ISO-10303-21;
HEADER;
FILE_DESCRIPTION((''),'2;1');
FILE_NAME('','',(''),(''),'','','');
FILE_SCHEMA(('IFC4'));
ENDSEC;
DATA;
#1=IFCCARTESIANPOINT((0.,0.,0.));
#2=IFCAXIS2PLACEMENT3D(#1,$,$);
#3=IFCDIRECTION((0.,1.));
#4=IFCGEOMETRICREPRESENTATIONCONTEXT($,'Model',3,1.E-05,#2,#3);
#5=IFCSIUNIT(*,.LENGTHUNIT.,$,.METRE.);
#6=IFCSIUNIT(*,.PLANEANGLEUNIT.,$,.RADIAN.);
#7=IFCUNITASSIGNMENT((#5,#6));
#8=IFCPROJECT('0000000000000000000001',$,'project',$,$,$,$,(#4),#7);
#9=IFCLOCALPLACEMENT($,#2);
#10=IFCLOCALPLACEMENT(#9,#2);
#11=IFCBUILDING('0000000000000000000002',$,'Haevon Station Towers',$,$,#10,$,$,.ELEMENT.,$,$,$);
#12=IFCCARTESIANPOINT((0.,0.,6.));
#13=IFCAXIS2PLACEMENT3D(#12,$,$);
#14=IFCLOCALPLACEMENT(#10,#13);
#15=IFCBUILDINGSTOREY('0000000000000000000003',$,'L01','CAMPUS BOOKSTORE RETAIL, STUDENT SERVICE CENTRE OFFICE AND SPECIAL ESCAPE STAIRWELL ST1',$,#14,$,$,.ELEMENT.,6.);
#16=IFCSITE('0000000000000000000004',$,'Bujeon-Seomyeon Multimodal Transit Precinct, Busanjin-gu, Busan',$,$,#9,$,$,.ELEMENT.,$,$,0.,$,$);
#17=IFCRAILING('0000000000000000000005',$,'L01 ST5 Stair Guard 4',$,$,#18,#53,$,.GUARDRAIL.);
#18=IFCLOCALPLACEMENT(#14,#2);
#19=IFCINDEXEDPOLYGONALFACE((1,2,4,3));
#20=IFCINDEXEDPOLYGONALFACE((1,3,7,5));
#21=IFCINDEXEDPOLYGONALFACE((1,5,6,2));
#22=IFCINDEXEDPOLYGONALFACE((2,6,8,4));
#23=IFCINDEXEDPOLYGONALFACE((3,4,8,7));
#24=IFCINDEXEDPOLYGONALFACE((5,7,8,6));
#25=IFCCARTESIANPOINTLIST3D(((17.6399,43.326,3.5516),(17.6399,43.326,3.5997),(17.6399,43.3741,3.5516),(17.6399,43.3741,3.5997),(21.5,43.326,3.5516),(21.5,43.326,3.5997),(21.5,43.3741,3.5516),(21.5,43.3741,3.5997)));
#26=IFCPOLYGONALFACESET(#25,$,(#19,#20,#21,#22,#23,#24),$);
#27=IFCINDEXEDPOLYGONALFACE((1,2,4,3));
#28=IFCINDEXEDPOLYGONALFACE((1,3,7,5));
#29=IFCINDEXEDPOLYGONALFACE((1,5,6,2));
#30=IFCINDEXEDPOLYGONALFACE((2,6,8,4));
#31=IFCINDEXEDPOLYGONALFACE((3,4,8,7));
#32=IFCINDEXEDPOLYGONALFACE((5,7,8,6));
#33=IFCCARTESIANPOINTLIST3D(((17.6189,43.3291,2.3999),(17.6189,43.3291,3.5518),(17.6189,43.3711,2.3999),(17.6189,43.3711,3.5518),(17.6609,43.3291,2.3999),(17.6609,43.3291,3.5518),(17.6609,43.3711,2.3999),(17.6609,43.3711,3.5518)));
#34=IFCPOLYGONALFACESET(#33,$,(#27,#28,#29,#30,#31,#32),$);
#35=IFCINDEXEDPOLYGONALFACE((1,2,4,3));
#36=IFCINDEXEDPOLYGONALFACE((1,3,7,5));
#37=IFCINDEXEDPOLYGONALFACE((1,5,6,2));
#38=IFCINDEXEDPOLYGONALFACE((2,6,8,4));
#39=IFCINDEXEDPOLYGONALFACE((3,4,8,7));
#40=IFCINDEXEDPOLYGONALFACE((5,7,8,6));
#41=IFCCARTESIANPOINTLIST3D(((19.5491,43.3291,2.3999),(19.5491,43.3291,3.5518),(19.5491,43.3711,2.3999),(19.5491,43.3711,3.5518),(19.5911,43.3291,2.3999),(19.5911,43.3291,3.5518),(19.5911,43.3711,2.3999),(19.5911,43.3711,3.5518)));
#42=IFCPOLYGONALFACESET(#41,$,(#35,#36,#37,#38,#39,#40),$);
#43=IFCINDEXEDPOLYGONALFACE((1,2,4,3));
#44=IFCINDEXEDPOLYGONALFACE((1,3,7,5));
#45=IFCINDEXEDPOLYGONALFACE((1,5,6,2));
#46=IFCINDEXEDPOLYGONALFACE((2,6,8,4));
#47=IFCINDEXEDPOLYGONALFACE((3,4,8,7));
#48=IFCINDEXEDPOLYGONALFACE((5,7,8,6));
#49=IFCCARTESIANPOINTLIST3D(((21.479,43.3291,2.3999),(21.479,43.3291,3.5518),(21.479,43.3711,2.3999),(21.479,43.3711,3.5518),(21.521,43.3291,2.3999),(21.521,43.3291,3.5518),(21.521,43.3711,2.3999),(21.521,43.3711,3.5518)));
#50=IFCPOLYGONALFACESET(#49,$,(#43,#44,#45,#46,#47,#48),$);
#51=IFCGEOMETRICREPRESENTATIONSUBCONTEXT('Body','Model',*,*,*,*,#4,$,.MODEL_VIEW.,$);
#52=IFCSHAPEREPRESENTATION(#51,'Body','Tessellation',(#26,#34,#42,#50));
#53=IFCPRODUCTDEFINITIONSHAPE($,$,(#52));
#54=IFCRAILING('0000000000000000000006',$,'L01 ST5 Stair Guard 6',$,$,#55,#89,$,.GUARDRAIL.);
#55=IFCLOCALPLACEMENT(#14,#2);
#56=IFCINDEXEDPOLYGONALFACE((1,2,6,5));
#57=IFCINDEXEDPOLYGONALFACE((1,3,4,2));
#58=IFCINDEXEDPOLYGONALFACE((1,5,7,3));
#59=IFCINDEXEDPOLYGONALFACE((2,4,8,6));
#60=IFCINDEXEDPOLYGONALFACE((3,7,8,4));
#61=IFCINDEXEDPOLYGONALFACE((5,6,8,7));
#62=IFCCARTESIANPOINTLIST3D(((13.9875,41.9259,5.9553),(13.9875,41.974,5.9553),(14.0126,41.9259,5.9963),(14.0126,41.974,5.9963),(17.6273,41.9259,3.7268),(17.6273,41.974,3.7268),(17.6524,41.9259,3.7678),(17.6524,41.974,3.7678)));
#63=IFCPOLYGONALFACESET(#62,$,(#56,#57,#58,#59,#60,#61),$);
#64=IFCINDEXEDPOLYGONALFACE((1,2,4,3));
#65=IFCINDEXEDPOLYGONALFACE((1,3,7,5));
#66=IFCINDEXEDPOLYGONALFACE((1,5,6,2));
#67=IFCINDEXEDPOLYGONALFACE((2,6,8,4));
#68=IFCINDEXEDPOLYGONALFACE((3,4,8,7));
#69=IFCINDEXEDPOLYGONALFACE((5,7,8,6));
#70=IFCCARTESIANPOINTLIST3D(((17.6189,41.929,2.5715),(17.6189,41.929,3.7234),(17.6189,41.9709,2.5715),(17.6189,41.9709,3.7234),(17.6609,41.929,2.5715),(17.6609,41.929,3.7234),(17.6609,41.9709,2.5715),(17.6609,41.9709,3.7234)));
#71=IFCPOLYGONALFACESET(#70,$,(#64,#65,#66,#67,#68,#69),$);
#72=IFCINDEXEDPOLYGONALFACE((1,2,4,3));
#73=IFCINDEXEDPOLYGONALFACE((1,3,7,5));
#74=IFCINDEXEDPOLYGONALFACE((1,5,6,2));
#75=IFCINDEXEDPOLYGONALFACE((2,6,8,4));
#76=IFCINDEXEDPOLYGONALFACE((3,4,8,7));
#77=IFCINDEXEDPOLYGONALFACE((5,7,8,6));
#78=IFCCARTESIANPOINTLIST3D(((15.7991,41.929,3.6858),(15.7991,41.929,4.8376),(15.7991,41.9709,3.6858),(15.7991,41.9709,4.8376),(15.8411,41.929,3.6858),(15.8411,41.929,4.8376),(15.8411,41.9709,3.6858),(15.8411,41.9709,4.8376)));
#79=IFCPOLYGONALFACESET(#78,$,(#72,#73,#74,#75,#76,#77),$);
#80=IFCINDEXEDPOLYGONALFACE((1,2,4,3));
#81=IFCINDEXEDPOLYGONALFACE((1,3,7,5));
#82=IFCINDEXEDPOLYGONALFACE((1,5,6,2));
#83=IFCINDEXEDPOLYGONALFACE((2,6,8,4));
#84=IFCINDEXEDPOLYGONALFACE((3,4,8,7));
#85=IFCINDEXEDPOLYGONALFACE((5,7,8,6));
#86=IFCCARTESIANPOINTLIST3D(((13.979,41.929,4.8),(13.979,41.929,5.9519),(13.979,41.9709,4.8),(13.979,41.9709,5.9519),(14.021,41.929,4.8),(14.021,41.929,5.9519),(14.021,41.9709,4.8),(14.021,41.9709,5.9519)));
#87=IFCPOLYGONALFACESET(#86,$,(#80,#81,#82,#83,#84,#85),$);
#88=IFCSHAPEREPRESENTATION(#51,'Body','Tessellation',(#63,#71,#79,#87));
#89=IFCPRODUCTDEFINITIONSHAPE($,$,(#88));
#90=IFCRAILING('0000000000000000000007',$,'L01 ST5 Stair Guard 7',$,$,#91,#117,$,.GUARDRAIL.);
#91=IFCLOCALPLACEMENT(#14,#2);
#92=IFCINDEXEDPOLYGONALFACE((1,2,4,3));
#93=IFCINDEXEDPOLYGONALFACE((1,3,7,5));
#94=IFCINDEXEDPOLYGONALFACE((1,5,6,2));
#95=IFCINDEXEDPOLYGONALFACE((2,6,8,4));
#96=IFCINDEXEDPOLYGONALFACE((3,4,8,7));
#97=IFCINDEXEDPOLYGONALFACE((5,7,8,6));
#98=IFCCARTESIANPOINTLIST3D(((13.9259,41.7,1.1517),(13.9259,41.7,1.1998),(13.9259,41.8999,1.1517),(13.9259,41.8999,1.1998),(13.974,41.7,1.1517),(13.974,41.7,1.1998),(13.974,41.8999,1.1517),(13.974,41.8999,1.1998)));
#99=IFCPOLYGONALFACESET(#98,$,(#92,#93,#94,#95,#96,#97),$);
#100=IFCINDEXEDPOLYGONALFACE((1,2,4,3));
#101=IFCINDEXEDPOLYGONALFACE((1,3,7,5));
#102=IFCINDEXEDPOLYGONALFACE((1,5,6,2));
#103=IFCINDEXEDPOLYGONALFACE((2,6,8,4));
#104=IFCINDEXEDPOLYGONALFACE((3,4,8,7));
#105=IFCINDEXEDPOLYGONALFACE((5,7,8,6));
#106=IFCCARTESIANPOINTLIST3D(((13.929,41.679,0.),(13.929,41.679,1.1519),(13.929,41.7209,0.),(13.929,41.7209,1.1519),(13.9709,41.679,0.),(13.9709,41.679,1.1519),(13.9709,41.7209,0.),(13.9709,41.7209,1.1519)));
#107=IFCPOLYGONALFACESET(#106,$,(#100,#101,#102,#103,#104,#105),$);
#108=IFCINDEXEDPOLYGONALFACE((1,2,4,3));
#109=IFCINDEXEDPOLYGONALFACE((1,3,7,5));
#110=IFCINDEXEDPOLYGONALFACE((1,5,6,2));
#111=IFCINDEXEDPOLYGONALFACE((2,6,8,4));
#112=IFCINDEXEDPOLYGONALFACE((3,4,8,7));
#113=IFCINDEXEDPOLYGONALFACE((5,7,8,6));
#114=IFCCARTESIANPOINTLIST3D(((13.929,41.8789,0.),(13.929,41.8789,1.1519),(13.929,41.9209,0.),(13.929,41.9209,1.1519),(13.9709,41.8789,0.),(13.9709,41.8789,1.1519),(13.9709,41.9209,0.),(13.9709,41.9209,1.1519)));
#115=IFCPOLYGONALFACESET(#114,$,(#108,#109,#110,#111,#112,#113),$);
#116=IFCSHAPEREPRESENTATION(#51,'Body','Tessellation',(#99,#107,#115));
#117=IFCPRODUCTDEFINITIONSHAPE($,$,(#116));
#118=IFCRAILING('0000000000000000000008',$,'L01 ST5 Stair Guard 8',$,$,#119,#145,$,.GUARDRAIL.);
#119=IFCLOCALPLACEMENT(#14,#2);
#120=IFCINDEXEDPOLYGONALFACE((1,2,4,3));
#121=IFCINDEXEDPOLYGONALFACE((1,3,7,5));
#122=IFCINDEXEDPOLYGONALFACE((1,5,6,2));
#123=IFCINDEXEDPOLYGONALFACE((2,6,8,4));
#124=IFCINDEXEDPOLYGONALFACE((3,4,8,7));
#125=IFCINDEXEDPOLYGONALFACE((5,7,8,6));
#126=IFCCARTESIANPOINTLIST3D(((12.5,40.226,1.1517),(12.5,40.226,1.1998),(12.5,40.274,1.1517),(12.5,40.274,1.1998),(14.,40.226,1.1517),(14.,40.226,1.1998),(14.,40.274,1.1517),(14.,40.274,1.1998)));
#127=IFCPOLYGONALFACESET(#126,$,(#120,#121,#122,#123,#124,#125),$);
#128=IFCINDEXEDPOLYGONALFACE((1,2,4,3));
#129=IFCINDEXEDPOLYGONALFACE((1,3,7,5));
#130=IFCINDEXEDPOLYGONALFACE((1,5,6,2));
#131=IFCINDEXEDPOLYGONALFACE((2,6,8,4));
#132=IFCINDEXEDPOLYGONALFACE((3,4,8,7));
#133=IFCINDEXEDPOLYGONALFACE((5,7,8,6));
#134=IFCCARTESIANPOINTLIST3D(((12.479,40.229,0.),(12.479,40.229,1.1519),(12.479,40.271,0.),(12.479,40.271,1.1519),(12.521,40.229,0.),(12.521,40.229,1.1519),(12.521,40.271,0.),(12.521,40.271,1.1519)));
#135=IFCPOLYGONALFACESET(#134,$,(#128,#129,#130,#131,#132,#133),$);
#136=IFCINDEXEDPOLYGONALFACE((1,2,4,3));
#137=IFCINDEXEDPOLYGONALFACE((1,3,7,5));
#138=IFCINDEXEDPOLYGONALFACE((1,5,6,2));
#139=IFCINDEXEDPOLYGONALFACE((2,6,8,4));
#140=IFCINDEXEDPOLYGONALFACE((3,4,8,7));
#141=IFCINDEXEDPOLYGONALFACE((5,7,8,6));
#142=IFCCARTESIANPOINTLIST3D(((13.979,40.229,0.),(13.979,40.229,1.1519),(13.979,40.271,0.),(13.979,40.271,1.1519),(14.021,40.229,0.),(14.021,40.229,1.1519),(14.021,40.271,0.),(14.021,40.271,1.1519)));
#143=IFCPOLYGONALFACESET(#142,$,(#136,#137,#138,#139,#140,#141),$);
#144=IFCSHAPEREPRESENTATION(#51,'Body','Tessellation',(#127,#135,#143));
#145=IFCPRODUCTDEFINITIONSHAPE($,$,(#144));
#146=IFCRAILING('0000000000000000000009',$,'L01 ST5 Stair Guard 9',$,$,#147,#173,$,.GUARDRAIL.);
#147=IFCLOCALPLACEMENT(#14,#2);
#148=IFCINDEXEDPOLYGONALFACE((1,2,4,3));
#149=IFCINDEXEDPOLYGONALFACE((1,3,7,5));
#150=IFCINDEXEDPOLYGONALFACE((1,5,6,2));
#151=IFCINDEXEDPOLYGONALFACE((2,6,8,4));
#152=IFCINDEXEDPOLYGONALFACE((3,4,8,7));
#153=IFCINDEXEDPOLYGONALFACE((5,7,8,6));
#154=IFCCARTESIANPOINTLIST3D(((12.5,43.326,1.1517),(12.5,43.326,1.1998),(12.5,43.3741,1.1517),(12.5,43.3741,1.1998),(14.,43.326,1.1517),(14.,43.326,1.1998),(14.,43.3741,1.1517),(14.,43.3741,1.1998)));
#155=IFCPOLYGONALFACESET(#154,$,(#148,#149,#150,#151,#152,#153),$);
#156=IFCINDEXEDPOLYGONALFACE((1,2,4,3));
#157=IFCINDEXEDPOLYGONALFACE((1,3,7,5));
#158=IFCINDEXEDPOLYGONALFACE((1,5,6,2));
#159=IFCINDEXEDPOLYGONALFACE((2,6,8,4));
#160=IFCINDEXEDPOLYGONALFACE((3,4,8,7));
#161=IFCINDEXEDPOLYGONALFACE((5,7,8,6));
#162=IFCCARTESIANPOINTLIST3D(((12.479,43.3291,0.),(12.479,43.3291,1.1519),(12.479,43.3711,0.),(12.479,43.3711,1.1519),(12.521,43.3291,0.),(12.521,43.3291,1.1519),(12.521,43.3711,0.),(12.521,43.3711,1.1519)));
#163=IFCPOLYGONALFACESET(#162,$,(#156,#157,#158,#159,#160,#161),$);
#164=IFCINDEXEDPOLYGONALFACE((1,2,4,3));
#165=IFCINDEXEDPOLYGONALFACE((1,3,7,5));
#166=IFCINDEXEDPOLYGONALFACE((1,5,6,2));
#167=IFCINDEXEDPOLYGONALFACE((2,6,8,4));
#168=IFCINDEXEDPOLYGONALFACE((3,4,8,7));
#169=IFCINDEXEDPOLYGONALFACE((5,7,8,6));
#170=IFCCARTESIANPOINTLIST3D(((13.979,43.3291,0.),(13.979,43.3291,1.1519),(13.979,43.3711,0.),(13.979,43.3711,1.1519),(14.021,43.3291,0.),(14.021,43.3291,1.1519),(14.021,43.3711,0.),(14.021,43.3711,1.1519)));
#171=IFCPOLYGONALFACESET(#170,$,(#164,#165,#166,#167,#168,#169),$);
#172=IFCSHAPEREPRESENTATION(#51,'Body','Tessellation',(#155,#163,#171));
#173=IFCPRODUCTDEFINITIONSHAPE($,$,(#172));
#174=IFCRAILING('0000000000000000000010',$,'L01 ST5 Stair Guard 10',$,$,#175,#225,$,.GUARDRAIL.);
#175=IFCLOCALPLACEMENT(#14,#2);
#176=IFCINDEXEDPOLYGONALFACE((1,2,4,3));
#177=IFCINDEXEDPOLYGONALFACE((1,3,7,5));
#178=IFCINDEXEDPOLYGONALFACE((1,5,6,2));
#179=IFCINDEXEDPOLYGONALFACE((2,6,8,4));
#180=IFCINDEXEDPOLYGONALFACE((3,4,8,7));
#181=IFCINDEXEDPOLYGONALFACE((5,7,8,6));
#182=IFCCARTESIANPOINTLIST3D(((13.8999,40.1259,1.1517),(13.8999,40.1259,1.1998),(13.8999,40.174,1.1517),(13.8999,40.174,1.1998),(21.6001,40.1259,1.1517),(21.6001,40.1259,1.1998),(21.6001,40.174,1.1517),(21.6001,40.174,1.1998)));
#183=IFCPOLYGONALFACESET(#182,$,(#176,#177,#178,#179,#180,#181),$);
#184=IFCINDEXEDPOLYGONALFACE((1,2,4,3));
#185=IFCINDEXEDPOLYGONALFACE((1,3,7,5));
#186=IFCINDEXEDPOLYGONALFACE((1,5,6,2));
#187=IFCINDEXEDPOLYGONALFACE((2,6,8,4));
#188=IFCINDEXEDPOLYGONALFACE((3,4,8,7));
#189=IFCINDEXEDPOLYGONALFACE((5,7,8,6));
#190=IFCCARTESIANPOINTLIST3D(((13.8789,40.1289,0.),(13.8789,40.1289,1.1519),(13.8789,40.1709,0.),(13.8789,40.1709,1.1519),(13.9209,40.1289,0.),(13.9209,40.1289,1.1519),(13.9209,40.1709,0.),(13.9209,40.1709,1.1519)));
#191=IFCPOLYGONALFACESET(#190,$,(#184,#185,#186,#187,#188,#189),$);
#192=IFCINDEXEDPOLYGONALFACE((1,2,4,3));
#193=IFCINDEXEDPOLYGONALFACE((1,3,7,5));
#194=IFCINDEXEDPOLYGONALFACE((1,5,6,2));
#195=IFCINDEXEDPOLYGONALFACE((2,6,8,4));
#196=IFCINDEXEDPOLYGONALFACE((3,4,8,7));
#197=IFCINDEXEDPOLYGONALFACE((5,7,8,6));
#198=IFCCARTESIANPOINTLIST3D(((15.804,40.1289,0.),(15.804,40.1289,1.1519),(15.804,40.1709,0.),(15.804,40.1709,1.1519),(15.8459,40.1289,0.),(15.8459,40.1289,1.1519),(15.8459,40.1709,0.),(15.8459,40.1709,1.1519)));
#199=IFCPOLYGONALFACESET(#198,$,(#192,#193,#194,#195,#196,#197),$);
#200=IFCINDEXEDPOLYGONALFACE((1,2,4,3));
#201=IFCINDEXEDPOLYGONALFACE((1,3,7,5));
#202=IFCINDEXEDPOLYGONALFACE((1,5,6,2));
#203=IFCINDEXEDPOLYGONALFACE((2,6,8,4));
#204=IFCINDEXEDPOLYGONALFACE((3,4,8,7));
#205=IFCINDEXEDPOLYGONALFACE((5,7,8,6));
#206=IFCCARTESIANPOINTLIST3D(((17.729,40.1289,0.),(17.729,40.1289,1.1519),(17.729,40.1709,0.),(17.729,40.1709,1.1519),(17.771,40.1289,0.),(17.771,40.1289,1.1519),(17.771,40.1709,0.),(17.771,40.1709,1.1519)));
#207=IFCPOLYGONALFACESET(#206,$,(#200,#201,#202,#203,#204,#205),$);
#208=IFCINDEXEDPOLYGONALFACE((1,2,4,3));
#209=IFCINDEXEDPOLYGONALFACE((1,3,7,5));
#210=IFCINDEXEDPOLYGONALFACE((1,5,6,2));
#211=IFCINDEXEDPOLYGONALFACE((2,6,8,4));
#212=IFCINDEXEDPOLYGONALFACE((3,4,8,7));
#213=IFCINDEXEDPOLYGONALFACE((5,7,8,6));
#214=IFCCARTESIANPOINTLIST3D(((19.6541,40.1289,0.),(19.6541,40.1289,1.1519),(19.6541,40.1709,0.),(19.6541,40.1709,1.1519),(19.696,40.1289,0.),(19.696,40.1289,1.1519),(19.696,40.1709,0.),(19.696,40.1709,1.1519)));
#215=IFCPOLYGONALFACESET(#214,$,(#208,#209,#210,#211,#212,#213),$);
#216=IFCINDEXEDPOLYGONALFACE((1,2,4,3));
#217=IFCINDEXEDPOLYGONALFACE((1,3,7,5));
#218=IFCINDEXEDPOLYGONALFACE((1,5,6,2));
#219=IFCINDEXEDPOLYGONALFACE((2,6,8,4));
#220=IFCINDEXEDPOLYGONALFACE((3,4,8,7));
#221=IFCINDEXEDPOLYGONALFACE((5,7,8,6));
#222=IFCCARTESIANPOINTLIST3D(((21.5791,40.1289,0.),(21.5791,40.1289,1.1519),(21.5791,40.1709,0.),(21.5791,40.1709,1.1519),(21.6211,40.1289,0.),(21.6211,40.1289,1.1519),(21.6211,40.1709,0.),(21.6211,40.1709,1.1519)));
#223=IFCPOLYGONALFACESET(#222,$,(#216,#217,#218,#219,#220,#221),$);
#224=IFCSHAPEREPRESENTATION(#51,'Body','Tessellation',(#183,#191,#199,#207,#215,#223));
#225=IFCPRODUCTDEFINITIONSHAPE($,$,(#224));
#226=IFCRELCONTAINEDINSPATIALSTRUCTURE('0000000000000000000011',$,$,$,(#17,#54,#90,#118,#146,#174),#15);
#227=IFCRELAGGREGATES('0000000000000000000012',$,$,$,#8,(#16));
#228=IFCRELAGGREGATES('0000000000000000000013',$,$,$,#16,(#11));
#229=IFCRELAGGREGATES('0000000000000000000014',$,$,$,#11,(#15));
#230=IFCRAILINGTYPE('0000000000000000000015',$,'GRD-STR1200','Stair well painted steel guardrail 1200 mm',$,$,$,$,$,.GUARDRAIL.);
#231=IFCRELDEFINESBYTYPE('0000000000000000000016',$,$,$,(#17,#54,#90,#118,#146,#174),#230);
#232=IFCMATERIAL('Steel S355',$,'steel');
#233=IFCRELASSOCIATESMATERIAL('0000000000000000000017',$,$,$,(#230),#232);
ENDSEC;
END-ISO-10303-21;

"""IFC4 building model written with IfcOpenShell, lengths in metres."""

from ifc_helpers import new_model, si_unit, direction, frame, origin, origin_2d, place, context, subcontext, project, spatial, rectangle, extrude, material, type_object, element, save


model = new_model("IFC4")

# Units and contexts
model_context = context("Model", 3, precision=1e-05, world=origin(), true_north=direction((0.0, 1.0)))
body_context = subcontext(model_context, "Body", "Model", "MODEL_VIEW")
ifc_project = project(units=[si_unit("LENGTHUNIT", "METRE"), si_unit("PLANEANGLEUNIT", "RADIAN")], contexts=[model_context])

# Site, building, storey
site_placement = place(None, origin())
site = spatial("IfcSite", under=ifc_project, at=site_placement, Name="Bujeon-Seomyeon Multimodal Transit Precinct, Busanjin-gu, Busan", CompositionType="ELEMENT", RefElevation=0.0)
building_placement = place(site_placement, origin())
building = spatial("IfcBuilding", under=site, at=building_placement, Name="Haevon Station Towers", CompositionType="ELEMENT")
storey_placement = place(building_placement, frame((0.0, 0.0, 6.0)))
storey = spatial("IfcBuildingStorey", under=building, at=storey_placement, Name="L01", Description="CAMPUS BOOKSTORE RETAIL, STUDENT SERVICE CENTRE OFFICE AND SPECIAL ESCAPE STAIRWELL ST1", CompositionType="ELEMENT", Elevation=6.0)

# Shared definitions
ifc_material_1 = material(Name="Steel S355", Category="steel")

# Railings
railing_type_1 = type_object("IfcRailingType", Name="GRD-STR1200", Description="Stair well painted steel guardrail 1200 mm", PredefinedType="GUARDRAIL", material=ifc_material_1)
for number, where, name in (
    (1, (17.6399, 43.3501, 2.3999), "L01 ST5 Stair Guard 4"),
):
    element("IfcRailing", number, at=place(storey_placement, frame(where)), inside=storey, type_object=railing_type_1, Name=name, PredefinedType="GUARDRAIL", context=body_context, shape_type="SweptSolid", body=[
        extrude(rectangle(XDim=0.0481, YDim=0.0481, at=origin_2d()), frame((0.0, 0.0, 1.1758), z_axis=(1.0, 0.0, 0.0), x_axis=(0.0, 1.0, 0.0)), (0.0, 0.0, 1.0), 3.8601),
        extrude(rectangle(XDim=0.042, YDim=0.042, at=origin_2d()), origin(), (0.0, 0.0, 1.0), 1.1519),
        extrude(rectangle(XDim=0.042, YDim=0.042, at=origin_2d()), frame((1.9302, 0.0, 0.0)), (0.0, 0.0, 1.0), 1.1519),
        extrude(rectangle(XDim=0.042, YDim=0.042, at=origin_2d()), frame((3.8601, 0.0, 0.0)), (0.0, 0.0, 1.0), 1.1519),
    ])
railing_1_placement = place(storey_placement, frame((17.6399, 41.95, 2.5715)))
element("IfcRailing", 2, at=railing_1_placement, inside=storey, type_object=railing_type_1, Name="L01 ST5 Stair Guard 6", PredefinedType="GUARDRAIL", context=body_context, shape_type="SweptSolid", body=[
    extrude(rectangle(XDim=0.0481, YDim=0.0481, at=origin_2d()), frame((0.0, 0.0, 1.1758), z_axis=(-0.85285, 0.0, 0.522156), x_axis=(0.0, -1.0, 0.0)), (0.0, 0.0, 1.0), 4.2678),
    extrude(rectangle(XDim=0.042, YDim=0.042, at=origin_2d()), origin(), (0.0, 0.0, 1.0), 1.1519),
    extrude(rectangle(XDim=0.042, YDim=0.042, at=origin_2d()), frame((-1.8198, 0.0, 1.1143)), (0.0, 0.0, 1.0), 1.1519),
    extrude(rectangle(XDim=0.042, YDim=0.042, at=origin_2d()), frame((-3.6399, 0.0, 2.2285)), (0.0, 0.0, 1.0), 1.1519),
])
railing_2_placement = place(storey_placement, frame((13.95, 41.7, 0.0)))
element("IfcRailing", 3, at=railing_2_placement, inside=storey, type_object=railing_type_1, Name="L01 ST5 Stair Guard 7", PredefinedType="GUARDRAIL", context=body_context, shape_type="SweptSolid", body=[
    extrude(rectangle(XDim=0.0481, YDim=0.0481, at=origin_2d()), frame((0.0, 0.0, 1.1758), z_axis=(0.0, 1.0, 0.0), x_axis=(-1.0, 0.0, 0.0)), (0.0, 0.0, 1.0), 0.2),
    extrude(rectangle(XDim=0.042, YDim=0.042, at=origin_2d()), origin(), (0.0, 0.0, 1.0), 1.1519),
    extrude(rectangle(XDim=0.042, YDim=0.042, at=origin_2d()), frame((0.0, 0.2, 0.0)), (0.0, 0.0, 1.0), 1.1519),
])
for number, where, name in (
    (4, (12.5, 40.25, 0.0), "L01 ST5 Stair Guard 8"),
    (5, (12.5, 43.3501, 0.0), "L01 ST5 Stair Guard 9"),
):
    element("IfcRailing", number, at=place(storey_placement, frame(where)), inside=storey, type_object=railing_type_1, Name=name, PredefinedType="GUARDRAIL", context=body_context, shape_type="SweptSolid", body=[
        extrude(rectangle(XDim=0.0481, YDim=0.0481, at=origin_2d()), frame((0.0, 0.0, 1.1758), z_axis=(1.0, 0.0, 0.0), x_axis=(0.0, 1.0, 0.0)), (0.0, 0.0, 1.0), 1.5),
        extrude(rectangle(XDim=0.042, YDim=0.042, at=origin_2d()), origin(), (0.0, 0.0, 1.0), 1.1519),
        extrude(rectangle(XDim=0.042, YDim=0.042, at=origin_2d()), frame((1.5, 0.0, 0.0)), (0.0, 0.0, 1.0), 1.1519),
    ])
for number, where, name in (
    (6, (13.8999, 40.1499, 0.0), "L01 ST5 Stair Guard 10"),
):
    element("IfcRailing", number, at=place(storey_placement, frame(where)), inside=storey, type_object=railing_type_1, Name=name, PredefinedType="GUARDRAIL", context=body_context, shape_type="SweptSolid", body=[
        extrude(rectangle(XDim=0.0481, YDim=0.0481, at=origin_2d()), frame((0.0, 0.0, 1.1758), z_axis=(1.0, 0.0, 0.0), x_axis=(0.0, 1.0, 0.0)), (0.0, 0.0, 1.0), 7.7002),
        extrude(rectangle(XDim=0.042, YDim=0.042, at=origin_2d()), origin(), (0.0, 0.0, 1.0), 1.1519),
        extrude(rectangle(XDim=0.042, YDim=0.042, at=origin_2d()), frame((1.925, 0.0, 0.0)), (0.0, 0.0, 1.0), 1.1519),
        extrude(rectangle(XDim=0.042, YDim=0.042, at=origin_2d()), frame((3.8501, 0.0, 0.0)), (0.0, 0.0, 1.0), 1.1519),
        extrude(rectangle(XDim=0.042, YDim=0.042, at=origin_2d()), frame((5.7751, 0.0, 0.0)), (0.0, 0.0, 1.0), 1.1519),
        extrude(rectangle(XDim=0.042, YDim=0.042, at=origin_2d()), frame((7.7002, 0.0, 0.0)), (0.0, 0.0, 1.0), 1.1519),
    ])

save(model, "model.ifc")
